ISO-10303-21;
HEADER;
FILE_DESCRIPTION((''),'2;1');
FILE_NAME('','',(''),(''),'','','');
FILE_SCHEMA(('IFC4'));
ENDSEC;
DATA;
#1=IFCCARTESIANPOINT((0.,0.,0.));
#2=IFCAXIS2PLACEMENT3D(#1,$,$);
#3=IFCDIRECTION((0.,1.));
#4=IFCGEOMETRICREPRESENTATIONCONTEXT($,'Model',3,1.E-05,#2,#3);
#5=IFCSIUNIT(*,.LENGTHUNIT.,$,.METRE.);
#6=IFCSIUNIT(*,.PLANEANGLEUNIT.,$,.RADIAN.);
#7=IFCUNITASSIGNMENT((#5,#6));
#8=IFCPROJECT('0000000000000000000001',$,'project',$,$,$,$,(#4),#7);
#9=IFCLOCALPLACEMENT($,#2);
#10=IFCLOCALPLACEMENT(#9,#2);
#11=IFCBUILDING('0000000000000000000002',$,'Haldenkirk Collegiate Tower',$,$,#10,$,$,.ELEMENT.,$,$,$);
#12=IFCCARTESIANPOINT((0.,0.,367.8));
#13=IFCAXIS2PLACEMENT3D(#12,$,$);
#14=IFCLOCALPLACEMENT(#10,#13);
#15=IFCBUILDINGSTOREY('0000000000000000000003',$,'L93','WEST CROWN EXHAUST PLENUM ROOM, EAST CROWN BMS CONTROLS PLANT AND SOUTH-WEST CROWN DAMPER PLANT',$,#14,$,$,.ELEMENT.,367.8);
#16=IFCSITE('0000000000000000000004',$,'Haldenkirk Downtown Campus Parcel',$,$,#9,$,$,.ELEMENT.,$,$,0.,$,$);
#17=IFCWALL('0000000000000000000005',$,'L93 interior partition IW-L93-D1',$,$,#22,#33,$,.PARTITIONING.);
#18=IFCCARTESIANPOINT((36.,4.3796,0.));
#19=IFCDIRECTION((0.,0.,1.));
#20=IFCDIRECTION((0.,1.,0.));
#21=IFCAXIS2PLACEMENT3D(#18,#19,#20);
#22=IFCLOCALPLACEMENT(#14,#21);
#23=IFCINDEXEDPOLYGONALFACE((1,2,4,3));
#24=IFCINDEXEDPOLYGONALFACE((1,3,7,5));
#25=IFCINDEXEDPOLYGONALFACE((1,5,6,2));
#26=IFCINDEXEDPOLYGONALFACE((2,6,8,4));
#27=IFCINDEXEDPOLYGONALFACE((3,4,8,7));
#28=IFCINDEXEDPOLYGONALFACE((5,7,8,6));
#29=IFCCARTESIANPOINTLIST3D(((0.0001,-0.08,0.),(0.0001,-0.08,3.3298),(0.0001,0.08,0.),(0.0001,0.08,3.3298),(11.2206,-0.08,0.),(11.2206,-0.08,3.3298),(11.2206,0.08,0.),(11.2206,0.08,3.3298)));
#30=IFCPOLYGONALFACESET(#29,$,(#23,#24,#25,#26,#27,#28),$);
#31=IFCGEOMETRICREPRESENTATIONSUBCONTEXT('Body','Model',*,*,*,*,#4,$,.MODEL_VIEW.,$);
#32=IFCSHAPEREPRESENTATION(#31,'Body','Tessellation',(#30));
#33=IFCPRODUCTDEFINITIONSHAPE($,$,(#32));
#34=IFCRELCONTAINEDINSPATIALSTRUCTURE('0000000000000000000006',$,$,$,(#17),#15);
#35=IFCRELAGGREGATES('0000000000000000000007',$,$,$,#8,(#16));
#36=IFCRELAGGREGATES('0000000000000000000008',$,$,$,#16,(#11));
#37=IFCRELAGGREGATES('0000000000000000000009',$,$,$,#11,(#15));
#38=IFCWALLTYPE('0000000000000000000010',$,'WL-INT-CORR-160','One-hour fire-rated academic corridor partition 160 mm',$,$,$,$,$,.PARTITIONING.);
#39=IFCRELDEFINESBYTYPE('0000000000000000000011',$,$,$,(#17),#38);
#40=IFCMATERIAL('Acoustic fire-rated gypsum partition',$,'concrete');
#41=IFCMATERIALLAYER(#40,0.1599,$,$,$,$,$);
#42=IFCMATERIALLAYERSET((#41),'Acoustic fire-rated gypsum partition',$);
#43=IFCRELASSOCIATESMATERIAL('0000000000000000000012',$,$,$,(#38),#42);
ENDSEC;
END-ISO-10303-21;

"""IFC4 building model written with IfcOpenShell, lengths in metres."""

from ifc_helpers import new_model, si_unit, direction, frame, frame_2d, origin, place, context, subcontext, project, spatial, rectangle, extrude, material, layer, layer_set, type_object, element, save


model = new_model("IFC4")

# Units and contexts
model_context = context("Model", 3, precision=1e-05, world=origin(), true_north=direction((0.0, 1.0)))
body_context = subcontext(model_context, "Body", "Model", "MODEL_VIEW")
ifc_project = project(units=[si_unit("LENGTHUNIT", "METRE"), si_unit("PLANEANGLEUNIT", "RADIAN")], contexts=[model_context])

# Site, building, storey
site_placement = place(None, origin())
site = spatial("IfcSite", under=ifc_project, at=site_placement, Name="Haldenkirk Downtown Campus Parcel", CompositionType="ELEMENT", RefElevation=0.0)
building_placement = place(site_placement, origin())
building = spatial("IfcBuilding", under=site, at=building_placement, Name="Haldenkirk Collegiate Tower", CompositionType="ELEMENT")
storey_placement = place(building_placement, frame((0.0, 0.0, 367.8)))
storey = spatial("IfcBuildingStorey", under=building, at=storey_placement, Name="L93", Description="WEST CROWN EXHAUST PLENUM ROOM, EAST CROWN BMS CONTROLS PLANT AND SOUTH-WEST CROWN DAMPER PLANT", CompositionType="ELEMENT", Elevation=367.8)

# Wall
ifc_material_1 = material(Name="Acoustic fire-rated gypsum partition", Category="concrete")
ifc_layer_1 = layer(ifc_material_1, 0.1599)
ifc_layer_set_1 = layer_set([ifc_layer_1], Name="Acoustic fire-rated gypsum partition")
wall_type_1 = type_object("IfcWallType", Name="WL-INT-CORR-160", Description="One-hour fire-rated academic corridor partition 160 mm", PredefinedType="PARTITIONING", material=ifc_layer_set_1)
wall_1_placement = place(storey_placement, frame((36.0, 4.3796, 0.0), z_axis=(0.0, 0.0, 1.0), x_axis=(0.0, 1.0, 0.0)))
element("IfcWall", 1, at=wall_1_placement, inside=storey, type_object=wall_type_1, Name="L93 interior partition IW-L93-D1", PredefinedType="PARTITIONING", context=body_context, shape_type="SweptSolid", body=[
    extrude(rectangle(XDim=11.2205, YDim=0.1599, at=frame_2d((5.6104, 0.0))), origin(), (0.0, 0.0, 1.0), 3.3298),
])

save(model, "model.ifc")
